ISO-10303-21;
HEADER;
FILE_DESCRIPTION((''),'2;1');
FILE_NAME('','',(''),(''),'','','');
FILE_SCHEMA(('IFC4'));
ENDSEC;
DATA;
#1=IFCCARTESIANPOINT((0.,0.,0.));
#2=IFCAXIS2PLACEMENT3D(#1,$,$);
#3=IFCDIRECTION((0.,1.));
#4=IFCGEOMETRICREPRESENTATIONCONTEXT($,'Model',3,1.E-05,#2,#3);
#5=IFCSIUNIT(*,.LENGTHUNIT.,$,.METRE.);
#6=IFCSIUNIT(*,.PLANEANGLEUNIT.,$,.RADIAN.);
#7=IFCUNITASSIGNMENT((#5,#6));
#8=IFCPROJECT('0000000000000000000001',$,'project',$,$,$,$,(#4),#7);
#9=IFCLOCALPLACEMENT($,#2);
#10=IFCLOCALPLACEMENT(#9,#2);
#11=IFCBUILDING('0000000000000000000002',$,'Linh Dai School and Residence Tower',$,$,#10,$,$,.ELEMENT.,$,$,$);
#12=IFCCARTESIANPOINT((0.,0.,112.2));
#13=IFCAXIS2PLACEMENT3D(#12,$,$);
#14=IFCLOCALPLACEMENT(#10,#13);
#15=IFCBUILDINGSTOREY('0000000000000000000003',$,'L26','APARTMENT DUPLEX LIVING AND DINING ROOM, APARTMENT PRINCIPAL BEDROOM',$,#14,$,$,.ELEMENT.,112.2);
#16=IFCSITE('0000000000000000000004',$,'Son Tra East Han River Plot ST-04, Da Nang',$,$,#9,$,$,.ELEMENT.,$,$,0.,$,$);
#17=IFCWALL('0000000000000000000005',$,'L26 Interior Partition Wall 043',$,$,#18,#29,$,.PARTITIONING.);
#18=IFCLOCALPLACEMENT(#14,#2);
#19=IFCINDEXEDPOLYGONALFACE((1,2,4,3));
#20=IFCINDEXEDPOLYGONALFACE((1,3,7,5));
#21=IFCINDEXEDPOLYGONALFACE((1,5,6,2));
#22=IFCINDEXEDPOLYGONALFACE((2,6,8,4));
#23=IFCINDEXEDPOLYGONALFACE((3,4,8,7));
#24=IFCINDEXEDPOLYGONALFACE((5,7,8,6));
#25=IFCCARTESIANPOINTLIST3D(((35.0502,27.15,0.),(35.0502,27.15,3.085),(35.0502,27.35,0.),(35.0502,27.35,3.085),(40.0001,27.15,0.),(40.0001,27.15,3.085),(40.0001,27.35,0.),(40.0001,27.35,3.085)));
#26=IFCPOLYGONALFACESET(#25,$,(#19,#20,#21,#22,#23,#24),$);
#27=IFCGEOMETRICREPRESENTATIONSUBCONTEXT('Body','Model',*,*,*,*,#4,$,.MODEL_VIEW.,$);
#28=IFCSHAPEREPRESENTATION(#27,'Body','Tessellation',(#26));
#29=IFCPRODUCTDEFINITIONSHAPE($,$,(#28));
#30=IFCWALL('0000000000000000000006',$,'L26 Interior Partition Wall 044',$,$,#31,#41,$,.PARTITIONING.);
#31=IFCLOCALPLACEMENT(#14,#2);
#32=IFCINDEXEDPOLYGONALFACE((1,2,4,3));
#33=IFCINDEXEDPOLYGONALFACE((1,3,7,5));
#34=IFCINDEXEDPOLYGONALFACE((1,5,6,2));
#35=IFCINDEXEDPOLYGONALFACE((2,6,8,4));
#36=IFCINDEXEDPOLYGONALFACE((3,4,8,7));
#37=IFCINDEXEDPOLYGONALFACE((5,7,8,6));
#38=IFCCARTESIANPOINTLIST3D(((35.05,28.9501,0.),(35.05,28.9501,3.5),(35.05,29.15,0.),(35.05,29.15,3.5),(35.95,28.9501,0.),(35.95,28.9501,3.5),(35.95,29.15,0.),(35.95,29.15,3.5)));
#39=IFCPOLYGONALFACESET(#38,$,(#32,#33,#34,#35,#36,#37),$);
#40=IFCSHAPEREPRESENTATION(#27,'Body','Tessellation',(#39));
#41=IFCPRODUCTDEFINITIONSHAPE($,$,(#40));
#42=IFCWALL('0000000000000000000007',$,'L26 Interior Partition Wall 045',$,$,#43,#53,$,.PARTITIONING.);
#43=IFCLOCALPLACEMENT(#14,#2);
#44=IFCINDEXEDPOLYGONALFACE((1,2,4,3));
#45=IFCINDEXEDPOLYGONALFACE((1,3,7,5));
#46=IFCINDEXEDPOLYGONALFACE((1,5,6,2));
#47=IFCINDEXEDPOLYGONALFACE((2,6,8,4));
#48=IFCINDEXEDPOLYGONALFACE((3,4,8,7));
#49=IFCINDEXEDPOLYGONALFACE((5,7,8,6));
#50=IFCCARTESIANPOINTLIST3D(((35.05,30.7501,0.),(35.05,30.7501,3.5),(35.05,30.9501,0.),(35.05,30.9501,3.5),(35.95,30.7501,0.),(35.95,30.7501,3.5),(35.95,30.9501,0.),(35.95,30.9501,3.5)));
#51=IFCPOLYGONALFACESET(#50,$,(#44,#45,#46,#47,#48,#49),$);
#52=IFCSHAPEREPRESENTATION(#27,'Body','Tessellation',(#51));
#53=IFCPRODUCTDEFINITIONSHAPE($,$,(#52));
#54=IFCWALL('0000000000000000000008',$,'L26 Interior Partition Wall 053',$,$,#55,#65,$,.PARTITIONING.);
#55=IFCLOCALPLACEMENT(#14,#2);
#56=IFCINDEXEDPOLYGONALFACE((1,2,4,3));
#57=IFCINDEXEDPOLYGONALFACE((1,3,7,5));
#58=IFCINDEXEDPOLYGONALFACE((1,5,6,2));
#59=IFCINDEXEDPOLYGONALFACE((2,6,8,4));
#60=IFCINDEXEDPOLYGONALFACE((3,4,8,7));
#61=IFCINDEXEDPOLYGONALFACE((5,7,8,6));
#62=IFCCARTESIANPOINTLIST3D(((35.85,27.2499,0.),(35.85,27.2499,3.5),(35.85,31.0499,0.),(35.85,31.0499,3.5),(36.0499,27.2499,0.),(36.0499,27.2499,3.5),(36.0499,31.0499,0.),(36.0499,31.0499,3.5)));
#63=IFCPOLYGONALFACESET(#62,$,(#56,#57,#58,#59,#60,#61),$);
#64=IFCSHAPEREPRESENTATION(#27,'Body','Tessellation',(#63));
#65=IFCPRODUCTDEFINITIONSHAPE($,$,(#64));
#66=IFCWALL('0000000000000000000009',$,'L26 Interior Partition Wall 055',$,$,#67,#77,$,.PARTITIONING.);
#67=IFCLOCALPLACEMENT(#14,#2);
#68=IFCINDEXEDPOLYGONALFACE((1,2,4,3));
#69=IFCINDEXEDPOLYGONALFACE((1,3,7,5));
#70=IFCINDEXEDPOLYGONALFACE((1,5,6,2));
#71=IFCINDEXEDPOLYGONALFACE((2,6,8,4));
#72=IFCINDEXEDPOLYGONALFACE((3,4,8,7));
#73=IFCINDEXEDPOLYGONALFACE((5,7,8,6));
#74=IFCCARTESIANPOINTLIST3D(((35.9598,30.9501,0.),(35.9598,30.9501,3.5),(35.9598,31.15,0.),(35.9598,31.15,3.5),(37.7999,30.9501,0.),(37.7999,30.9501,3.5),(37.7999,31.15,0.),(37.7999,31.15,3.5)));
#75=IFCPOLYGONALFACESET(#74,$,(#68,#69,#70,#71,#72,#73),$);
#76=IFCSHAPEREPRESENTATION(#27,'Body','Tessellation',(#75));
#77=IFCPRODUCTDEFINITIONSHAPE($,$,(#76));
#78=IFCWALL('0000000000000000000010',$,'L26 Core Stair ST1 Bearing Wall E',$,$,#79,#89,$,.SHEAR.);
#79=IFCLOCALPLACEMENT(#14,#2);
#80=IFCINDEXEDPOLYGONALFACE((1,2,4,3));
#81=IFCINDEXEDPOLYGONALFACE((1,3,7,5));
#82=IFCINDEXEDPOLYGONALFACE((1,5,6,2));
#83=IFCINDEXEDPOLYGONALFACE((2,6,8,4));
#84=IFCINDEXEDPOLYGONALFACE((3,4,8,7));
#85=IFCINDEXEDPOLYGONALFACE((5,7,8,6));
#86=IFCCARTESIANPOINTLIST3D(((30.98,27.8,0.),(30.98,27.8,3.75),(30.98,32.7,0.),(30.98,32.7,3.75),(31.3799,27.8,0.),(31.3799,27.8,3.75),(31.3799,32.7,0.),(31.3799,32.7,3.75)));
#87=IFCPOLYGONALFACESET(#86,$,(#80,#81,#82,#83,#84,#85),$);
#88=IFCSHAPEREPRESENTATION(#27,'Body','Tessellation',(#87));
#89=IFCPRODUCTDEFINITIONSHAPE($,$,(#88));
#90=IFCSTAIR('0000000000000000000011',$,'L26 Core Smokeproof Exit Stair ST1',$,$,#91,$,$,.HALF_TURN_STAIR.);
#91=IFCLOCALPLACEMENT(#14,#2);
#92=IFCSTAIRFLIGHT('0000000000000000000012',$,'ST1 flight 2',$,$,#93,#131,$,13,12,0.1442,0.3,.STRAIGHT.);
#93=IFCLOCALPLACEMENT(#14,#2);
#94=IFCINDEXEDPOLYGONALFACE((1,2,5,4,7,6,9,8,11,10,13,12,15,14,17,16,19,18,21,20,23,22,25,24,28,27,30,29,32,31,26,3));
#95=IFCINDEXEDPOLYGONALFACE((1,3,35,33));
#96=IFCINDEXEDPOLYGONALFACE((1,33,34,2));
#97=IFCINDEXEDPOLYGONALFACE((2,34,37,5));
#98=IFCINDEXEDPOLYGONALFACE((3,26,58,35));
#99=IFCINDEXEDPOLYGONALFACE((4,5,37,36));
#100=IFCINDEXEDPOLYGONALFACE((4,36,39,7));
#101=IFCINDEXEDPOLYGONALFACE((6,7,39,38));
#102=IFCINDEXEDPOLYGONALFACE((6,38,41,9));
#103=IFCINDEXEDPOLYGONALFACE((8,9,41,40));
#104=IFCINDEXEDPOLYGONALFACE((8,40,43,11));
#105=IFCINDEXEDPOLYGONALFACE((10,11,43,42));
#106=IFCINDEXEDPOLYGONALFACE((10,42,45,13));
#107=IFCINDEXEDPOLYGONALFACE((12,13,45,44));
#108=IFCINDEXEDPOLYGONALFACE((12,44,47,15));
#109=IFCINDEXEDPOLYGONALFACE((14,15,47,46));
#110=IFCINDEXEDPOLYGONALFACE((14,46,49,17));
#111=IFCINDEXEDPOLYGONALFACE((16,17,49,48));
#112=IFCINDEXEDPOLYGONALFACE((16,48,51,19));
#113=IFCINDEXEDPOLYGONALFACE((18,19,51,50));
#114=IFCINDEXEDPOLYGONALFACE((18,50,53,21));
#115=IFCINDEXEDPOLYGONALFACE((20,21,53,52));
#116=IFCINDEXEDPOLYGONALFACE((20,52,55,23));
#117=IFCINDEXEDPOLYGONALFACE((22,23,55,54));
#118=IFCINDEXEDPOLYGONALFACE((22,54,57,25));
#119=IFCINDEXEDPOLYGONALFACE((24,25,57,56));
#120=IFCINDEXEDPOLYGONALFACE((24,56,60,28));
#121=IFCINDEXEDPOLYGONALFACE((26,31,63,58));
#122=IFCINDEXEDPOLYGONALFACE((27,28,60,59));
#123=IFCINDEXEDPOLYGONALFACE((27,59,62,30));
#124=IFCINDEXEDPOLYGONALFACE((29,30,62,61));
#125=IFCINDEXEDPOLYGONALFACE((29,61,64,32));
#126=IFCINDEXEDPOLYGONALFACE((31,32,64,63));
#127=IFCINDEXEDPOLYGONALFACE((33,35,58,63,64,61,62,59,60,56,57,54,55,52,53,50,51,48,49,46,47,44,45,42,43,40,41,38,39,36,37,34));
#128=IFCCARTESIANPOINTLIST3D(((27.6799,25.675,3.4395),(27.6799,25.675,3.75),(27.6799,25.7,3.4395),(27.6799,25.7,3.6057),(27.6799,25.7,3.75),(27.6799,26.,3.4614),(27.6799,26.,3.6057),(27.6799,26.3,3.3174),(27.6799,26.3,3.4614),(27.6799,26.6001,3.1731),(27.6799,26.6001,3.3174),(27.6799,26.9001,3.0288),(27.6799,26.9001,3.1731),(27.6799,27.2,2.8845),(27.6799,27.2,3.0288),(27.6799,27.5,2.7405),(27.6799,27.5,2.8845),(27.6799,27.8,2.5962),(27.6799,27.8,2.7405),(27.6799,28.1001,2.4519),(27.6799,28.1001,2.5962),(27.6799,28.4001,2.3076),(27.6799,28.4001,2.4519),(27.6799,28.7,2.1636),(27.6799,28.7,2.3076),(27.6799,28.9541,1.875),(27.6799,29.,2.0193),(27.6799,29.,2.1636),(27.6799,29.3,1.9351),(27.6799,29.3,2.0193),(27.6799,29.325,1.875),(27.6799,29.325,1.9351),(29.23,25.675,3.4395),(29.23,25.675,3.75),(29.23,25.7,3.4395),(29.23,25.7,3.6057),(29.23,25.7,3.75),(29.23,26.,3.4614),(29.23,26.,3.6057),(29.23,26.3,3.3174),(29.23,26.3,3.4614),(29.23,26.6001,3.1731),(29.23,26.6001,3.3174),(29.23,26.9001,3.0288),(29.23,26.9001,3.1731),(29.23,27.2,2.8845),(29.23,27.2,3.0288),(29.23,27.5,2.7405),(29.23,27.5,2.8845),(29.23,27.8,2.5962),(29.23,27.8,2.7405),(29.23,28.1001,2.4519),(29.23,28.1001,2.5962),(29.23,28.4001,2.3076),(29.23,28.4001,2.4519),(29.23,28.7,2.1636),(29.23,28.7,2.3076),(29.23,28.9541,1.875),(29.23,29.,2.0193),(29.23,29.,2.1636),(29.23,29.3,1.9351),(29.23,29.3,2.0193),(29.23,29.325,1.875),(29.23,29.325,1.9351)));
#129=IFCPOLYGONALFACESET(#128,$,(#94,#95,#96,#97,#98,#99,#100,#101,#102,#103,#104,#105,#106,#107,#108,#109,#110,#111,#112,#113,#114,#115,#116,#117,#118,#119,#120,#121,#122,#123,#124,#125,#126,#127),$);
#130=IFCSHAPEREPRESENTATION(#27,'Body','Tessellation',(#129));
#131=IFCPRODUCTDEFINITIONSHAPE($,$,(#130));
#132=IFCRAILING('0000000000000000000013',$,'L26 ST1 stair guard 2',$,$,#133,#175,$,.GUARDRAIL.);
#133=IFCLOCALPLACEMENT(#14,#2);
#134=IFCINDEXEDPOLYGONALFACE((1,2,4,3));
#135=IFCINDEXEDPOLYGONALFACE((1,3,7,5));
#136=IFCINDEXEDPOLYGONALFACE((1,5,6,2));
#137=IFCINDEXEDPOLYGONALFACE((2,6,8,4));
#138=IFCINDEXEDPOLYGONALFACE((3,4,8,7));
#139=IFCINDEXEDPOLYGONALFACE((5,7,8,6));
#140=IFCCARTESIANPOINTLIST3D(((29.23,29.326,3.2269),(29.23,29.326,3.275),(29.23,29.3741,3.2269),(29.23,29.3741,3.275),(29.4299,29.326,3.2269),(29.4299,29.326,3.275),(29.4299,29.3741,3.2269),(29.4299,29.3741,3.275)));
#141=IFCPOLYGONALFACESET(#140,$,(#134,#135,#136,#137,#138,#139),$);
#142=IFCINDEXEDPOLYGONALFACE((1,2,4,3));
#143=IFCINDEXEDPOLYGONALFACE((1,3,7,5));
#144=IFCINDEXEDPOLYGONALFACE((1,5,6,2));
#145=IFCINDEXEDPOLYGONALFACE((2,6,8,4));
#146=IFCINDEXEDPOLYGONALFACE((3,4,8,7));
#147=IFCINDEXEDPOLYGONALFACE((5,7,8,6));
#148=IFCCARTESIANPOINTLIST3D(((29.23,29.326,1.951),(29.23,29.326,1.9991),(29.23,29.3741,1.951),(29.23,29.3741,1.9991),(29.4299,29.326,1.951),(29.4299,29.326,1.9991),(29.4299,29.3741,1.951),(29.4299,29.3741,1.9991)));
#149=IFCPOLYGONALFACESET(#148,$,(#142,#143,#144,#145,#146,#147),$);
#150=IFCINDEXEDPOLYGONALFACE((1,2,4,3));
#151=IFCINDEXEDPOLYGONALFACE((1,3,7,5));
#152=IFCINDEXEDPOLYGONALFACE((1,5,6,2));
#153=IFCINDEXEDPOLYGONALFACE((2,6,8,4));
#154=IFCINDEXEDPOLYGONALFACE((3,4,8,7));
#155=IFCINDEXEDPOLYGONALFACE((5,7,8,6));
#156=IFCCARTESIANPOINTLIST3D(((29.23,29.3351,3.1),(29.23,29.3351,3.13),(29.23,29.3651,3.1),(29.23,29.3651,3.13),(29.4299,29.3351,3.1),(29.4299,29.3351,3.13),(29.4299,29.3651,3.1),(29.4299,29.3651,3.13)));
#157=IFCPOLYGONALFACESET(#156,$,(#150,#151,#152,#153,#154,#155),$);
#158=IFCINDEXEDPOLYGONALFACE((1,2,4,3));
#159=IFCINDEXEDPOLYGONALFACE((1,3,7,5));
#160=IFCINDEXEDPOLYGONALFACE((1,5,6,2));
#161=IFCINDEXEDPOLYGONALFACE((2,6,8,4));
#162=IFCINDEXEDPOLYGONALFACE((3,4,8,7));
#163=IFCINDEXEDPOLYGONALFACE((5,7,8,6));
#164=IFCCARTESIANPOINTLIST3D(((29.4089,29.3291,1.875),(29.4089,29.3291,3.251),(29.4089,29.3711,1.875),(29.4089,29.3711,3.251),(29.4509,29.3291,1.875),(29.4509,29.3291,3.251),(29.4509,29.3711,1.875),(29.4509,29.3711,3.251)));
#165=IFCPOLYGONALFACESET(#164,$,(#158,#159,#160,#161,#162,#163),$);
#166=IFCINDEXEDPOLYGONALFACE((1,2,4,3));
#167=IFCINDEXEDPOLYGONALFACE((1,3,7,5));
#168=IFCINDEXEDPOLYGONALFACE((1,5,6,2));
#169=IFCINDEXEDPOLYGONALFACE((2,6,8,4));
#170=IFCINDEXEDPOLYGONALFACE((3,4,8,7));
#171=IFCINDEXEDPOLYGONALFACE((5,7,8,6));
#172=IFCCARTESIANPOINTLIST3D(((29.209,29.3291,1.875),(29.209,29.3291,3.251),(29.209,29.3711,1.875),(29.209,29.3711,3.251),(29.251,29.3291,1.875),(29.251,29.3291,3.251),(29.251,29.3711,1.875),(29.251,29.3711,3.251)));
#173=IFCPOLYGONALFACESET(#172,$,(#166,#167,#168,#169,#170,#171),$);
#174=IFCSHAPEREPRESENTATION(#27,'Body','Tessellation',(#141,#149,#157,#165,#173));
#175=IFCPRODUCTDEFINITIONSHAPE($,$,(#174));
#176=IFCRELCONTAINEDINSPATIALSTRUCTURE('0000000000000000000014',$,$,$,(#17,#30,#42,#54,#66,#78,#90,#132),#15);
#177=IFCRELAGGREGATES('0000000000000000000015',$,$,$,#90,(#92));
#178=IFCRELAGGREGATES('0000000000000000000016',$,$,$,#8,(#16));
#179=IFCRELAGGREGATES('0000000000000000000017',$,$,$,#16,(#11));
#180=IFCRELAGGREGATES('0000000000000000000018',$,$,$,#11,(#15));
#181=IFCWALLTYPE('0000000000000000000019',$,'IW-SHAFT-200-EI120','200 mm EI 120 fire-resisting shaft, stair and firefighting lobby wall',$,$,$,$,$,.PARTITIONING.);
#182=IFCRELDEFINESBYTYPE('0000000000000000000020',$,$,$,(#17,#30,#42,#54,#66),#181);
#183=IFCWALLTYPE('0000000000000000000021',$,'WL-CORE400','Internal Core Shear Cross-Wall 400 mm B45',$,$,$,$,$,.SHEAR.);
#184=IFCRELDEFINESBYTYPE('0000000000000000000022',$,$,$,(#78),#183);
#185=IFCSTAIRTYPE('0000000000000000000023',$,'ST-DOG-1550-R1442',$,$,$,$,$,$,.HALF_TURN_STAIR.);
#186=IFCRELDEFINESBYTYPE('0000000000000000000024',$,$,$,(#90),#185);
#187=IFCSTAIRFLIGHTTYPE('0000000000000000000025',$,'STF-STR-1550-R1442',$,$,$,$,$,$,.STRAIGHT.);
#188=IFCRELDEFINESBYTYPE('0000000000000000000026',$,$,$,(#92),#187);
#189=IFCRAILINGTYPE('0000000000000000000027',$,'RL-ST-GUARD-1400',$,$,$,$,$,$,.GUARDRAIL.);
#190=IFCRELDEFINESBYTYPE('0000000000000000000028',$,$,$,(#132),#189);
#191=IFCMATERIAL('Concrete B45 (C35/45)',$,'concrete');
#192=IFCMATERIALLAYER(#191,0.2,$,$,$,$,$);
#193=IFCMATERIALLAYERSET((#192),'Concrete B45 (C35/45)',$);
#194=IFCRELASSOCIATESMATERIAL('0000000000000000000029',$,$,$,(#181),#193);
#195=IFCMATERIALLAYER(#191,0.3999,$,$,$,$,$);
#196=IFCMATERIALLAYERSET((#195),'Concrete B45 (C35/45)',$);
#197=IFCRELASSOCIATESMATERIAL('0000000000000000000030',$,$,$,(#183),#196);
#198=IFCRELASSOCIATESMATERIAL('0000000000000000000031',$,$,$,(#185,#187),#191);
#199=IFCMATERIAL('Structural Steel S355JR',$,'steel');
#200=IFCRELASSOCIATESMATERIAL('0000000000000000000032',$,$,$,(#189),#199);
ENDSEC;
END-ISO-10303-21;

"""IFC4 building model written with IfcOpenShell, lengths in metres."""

from ifc_helpers import new_model, si_unit, direction, frame, frame_2d, origin, origin_2d, place, context, subcontext, project, spatial, polyline, rectangle, outline, extrude, source, transform, mapped, material, layer, layer_set, type_object, element, aggregate, save


model = new_model("IFC4")

# Units and contexts
model_context = context("Model", 3, precision=1e-05, world=origin(), true_north=direction((0.0, 1.0)))
body_context = subcontext(model_context, "Body", "Model", "MODEL_VIEW")
ifc_project = project(units=[si_unit("LENGTHUNIT", "METRE"), si_unit("PLANEANGLEUNIT", "RADIAN")], contexts=[model_context])

# Site, building, storey
site_placement = place(None, origin())
site = spatial("IfcSite", under=ifc_project, at=site_placement, Name="Son Tra East Han River Plot ST-04, Da Nang", CompositionType="ELEMENT", RefElevation=0.0)
building_placement = place(site_placement, origin())
building = spatial("IfcBuilding", under=site, at=building_placement, Name="Linh Dai School and Residence Tower", CompositionType="ELEMENT")
storey_placement = place(building_placement, frame((0.0, 0.0, 112.2)))
storey = spatial("IfcBuildingStorey", under=building, at=storey_placement, Name="L26", Description="APARTMENT DUPLEX LIVING AND DINING ROOM, APARTMENT PRINCIPAL BEDROOM", CompositionType="ELEMENT", Elevation=112.2)

# Shared definitions
ifc_material_1 = material(Name="Structural Steel S355JR", Category="steel")

# Shared definitions
ifc_material_2 = material(Name="Concrete B45 (C35/45)", Category="concrete")
ifc_layer_1 = layer(ifc_material_2, 0.2)
ifc_layer_set_1 = layer_set([ifc_layer_1], Name="Concrete B45 (C35/45)")
wall_type_1 = type_object("IfcWallType", Name="IW-SHAFT-200-EI120", Description="200 mm EI 120 fire-resisting shaft, stair and firefighting lobby wall", PredefinedType="PARTITIONING", material=ifc_layer_set_1)

# Walls
wall_1_placement = place(storey_placement, frame((35.05, 27.25, 0.0), z_axis=(0.0, 0.0, 1.0), x_axis=(1.0, 0.0, 0.0)))
element("IfcWall", 1, at=wall_1_placement, inside=storey, type_object=wall_type_1, Name="L26 Interior Partition Wall 043", PredefinedType="PARTITIONING", context=body_context, shape_type="SweptSolid", body=[
    extrude(rectangle(XDim=4.95, YDim=0.2, at=frame_2d((2.4751, 0.0))), origin(), (0.0, 0.0, 1.0), 3.085),
])
for number, where, z_axis, x_axis, name in (
    (2, (35.05, 29.05, 0.0), (0.0, 0.0, 1.0), (1.0, 0.0, 0.0), "L26 Interior Partition Wall 044"),
    (3, (35.05, 30.8501, 0.0), (0.0, 0.0, 1.0), (1.0, 0.0, 0.0), "L26 Interior Partition Wall 045"),
):
    element("IfcWall", number, at=place(storey_placement, frame(where, z_axis=z_axis, x_axis=x_axis)), inside=storey, type_object=wall_type_1, Name=name, PredefinedType="PARTITIONING", context=body_context, shape_type="SweptSolid", body=[
        extrude(rectangle(XDim=0.8999, YDim=0.2, at=frame_2d((0.45, 0.0))), origin(), (0.0, 0.0, 1.0), 3.5),
    ])
wall_2_placement = place(storey_placement, frame((35.95, 27.25, 0.0), z_axis=(0.0, 0.0, 1.0), x_axis=(0.0, 1.0, 0.0)))
element("IfcWall", 4, at=wall_2_placement, inside=storey, type_object=wall_type_1, Name="L26 Interior Partition Wall 053", PredefinedType="PARTITIONING", context=body_context, shape_type="SweptSolid", body=[
    extrude(rectangle(XDim=3.8, YDim=0.2, at=frame_2d((1.8999, 0.0))), origin(), (0.0, 0.0, 1.0), 3.5),
])

# Walls
wall_3_placement = place(storey_placement, frame((35.96, 31.05, 0.0), z_axis=(0.0, 0.0, 1.0), x_axis=(1.0, 0.0, 0.0)))
element("IfcWall", 5, at=wall_3_placement, inside=storey, type_object=wall_type_1, Name="L26 Interior Partition Wall 055", PredefinedType="PARTITIONING", context=body_context, shape_type="SweptSolid", body=[
    extrude(rectangle(XDim=1.8401, YDim=0.2, at=frame_2d((0.9199, 0.0))), origin(), (0.0, 0.0, 1.0), 3.5),
])
ifc_layer_2 = layer(ifc_material_2, 0.3999)
ifc_layer_set_2 = layer_set([ifc_layer_2], Name="Concrete B45 (C35/45)")
wall_type_2 = type_object("IfcWallType", Name="WL-CORE400", Description="Internal Core Shear Cross-Wall 400 mm B45", PredefinedType="SHEAR", material=ifc_layer_set_2)
wall_4_placement = place(storey_placement, frame((31.1799, 27.8, 0.0), z_axis=(0.0, 0.0, 1.0), x_axis=(0.0, 1.0, 0.0)))
element("IfcWall", 6, at=wall_4_placement, inside=storey, type_object=wall_type_2, Name="L26 Core Stair ST1 Bearing Wall E", PredefinedType="SHEAR", context=body_context, shape_type="SweptSolid", body=[
    extrude(rectangle(XDim=4.8999, YDim=0.3999, at=frame_2d((2.45, 0.0))), origin(), (0.0, 0.0, 1.0), 3.75),
])

# Stair, stair flight
stair_type = type_object("IfcStairType", Name="ST-DOG-1550-R1442", PredefinedType="HALF_TURN_STAIR", material=ifc_material_2)
stair_placement = place(storey_placement, origin())
stair = element("IfcStair", 7, at=stair_placement, inside=storey, type_object=stair_type, Name="L26 Core Smokeproof Exit Stair ST1", PredefinedType="HALF_TURN_STAIR")
stair_flight_type = type_object("IfcStairFlightType", Name="STF-STR-1550-R1442", PredefinedType="STRAIGHT", material=ifc_material_2)
shared_shape_1 = source(origin(), body_context, "Body", "SweptSolid", [
    extrude(outline(polyline([(-0.0249, 0.0), (-0.0249, 0.0601), (0.0, 0.0601), (0.0, 0.1443), (0.3, 0.1443), (0.3, 0.2886), (0.6001, 0.2886), (0.6001, 0.4326), (0.8999, 0.4326), (0.8999, 0.5769), (1.2, 0.5769), (1.2, 0.7212), (1.5, 0.7212), (1.5, 0.8655), (1.8, 0.8655), (1.8, 1.0095), (2.1001, 1.0095), (2.1001, 1.1538), (2.3999, 1.1538), (2.3999, 1.2981), (2.7, 1.2981), (2.7, 1.4424), (3.0, 1.4424), (3.0, 1.5864), (3.3, 1.5864), (3.3, 1.7307), (3.6001, 1.7307), (3.6001, 1.875), (3.625, 1.875), (3.625, 1.5645), (3.6001, 1.5645), (0.3459, 0.0), (-0.0249, 0.0)])), frame((0.0, 0.7749, 0.0), z_axis=(0.0, -1.0, 0.0), x_axis=(1.0, 0.0, 0.0)), (0.0, 0.0, 1.0), 1.55),
])
stair_flight_placement = place(storey_placement, frame((28.4551, 29.3, 1.875), z_axis=(0.0, 0.0, 1.0), x_axis=(0.0, -1.0, 0.0)))
stair_flight = element("IfcStairFlight", 8, at=stair_flight_placement, type_object=stair_flight_type, Name="ST1 flight 2", NumberOfRisers=13, NumberOfTreads=12, PredefinedType="STRAIGHT", RiserHeight=0.1442, TreadLength=0.3, context=body_context, shape_type="MappedRepresentation", body=[
    mapped(shared_shape_1, transform((0.0, 0.0, 0.0), x_axis=(1.0, 0.0, 0.0), y_axis=(0.0, 1.0, 0.0), z_axis=(0.0, 0.0, 1.0), scale=1.0)),
])
aggregate(stair, [stair_flight])

# Railing
railing_type_1 = type_object("IfcRailingType", Name="RL-ST-GUARD-1400", PredefinedType="GUARDRAIL", material=ifc_material_1)
shared_shape_2 = source(origin(), body_context, "Body", "SweptSolid", [
    extrude(rectangle(XDim=0.0481, YDim=0.0481, at=origin_2d()), frame((0.0, 0.0, 1.376), z_axis=(-1.0, 0.0, 0.0), x_axis=(0.0, -1.0, 0.0)), (0.0, 0.0, 1.0), 0.2),
    extrude(rectangle(XDim=0.0481, YDim=0.0481, at=origin_2d()), frame((0.0, 0.0, 0.1001), z_axis=(-1.0, 0.0, 0.0), x_axis=(0.0, -1.0, 0.0)), (0.0, 0.0, 1.0), 0.2),
    extrude(rectangle(XDim=0.03, YDim=0.03, at=origin_2d()), frame((0.0, 0.0, 1.24), z_axis=(-1.0, 0.0, 0.0), x_axis=(0.0, -1.0, 0.0)), (0.0, 0.0, 1.0), 0.2),
    extrude(rectangle(XDim=0.042, YDim=0.042, at=origin_2d()), origin(), (0.0, 0.0, 1.0), 1.376),
    extrude(rectangle(XDim=0.042, YDim=0.042, at=origin_2d()), frame((-0.2, 0.0, 0.0)), (0.0, 0.0, 1.0), 1.376),
])
railing_1_placement = place(storey_placement, frame((29.4299, 29.3501, 1.875)))
element("IfcRailing", 9, at=railing_1_placement, inside=storey, type_object=railing_type_1, Name="L26 ST1 stair guard 2", PredefinedType="GUARDRAIL", context=body_context, shape_type="MappedRepresentation", body=[
    mapped(shared_shape_2, transform((0.0, 0.0, 0.0), x_axis=(1.0, 0.0, 0.0), y_axis=(0.0, 1.0, 0.0), z_axis=(0.0, 0.0, 1.0), scale=1.0)),
])

save(model, "model.ifc")
